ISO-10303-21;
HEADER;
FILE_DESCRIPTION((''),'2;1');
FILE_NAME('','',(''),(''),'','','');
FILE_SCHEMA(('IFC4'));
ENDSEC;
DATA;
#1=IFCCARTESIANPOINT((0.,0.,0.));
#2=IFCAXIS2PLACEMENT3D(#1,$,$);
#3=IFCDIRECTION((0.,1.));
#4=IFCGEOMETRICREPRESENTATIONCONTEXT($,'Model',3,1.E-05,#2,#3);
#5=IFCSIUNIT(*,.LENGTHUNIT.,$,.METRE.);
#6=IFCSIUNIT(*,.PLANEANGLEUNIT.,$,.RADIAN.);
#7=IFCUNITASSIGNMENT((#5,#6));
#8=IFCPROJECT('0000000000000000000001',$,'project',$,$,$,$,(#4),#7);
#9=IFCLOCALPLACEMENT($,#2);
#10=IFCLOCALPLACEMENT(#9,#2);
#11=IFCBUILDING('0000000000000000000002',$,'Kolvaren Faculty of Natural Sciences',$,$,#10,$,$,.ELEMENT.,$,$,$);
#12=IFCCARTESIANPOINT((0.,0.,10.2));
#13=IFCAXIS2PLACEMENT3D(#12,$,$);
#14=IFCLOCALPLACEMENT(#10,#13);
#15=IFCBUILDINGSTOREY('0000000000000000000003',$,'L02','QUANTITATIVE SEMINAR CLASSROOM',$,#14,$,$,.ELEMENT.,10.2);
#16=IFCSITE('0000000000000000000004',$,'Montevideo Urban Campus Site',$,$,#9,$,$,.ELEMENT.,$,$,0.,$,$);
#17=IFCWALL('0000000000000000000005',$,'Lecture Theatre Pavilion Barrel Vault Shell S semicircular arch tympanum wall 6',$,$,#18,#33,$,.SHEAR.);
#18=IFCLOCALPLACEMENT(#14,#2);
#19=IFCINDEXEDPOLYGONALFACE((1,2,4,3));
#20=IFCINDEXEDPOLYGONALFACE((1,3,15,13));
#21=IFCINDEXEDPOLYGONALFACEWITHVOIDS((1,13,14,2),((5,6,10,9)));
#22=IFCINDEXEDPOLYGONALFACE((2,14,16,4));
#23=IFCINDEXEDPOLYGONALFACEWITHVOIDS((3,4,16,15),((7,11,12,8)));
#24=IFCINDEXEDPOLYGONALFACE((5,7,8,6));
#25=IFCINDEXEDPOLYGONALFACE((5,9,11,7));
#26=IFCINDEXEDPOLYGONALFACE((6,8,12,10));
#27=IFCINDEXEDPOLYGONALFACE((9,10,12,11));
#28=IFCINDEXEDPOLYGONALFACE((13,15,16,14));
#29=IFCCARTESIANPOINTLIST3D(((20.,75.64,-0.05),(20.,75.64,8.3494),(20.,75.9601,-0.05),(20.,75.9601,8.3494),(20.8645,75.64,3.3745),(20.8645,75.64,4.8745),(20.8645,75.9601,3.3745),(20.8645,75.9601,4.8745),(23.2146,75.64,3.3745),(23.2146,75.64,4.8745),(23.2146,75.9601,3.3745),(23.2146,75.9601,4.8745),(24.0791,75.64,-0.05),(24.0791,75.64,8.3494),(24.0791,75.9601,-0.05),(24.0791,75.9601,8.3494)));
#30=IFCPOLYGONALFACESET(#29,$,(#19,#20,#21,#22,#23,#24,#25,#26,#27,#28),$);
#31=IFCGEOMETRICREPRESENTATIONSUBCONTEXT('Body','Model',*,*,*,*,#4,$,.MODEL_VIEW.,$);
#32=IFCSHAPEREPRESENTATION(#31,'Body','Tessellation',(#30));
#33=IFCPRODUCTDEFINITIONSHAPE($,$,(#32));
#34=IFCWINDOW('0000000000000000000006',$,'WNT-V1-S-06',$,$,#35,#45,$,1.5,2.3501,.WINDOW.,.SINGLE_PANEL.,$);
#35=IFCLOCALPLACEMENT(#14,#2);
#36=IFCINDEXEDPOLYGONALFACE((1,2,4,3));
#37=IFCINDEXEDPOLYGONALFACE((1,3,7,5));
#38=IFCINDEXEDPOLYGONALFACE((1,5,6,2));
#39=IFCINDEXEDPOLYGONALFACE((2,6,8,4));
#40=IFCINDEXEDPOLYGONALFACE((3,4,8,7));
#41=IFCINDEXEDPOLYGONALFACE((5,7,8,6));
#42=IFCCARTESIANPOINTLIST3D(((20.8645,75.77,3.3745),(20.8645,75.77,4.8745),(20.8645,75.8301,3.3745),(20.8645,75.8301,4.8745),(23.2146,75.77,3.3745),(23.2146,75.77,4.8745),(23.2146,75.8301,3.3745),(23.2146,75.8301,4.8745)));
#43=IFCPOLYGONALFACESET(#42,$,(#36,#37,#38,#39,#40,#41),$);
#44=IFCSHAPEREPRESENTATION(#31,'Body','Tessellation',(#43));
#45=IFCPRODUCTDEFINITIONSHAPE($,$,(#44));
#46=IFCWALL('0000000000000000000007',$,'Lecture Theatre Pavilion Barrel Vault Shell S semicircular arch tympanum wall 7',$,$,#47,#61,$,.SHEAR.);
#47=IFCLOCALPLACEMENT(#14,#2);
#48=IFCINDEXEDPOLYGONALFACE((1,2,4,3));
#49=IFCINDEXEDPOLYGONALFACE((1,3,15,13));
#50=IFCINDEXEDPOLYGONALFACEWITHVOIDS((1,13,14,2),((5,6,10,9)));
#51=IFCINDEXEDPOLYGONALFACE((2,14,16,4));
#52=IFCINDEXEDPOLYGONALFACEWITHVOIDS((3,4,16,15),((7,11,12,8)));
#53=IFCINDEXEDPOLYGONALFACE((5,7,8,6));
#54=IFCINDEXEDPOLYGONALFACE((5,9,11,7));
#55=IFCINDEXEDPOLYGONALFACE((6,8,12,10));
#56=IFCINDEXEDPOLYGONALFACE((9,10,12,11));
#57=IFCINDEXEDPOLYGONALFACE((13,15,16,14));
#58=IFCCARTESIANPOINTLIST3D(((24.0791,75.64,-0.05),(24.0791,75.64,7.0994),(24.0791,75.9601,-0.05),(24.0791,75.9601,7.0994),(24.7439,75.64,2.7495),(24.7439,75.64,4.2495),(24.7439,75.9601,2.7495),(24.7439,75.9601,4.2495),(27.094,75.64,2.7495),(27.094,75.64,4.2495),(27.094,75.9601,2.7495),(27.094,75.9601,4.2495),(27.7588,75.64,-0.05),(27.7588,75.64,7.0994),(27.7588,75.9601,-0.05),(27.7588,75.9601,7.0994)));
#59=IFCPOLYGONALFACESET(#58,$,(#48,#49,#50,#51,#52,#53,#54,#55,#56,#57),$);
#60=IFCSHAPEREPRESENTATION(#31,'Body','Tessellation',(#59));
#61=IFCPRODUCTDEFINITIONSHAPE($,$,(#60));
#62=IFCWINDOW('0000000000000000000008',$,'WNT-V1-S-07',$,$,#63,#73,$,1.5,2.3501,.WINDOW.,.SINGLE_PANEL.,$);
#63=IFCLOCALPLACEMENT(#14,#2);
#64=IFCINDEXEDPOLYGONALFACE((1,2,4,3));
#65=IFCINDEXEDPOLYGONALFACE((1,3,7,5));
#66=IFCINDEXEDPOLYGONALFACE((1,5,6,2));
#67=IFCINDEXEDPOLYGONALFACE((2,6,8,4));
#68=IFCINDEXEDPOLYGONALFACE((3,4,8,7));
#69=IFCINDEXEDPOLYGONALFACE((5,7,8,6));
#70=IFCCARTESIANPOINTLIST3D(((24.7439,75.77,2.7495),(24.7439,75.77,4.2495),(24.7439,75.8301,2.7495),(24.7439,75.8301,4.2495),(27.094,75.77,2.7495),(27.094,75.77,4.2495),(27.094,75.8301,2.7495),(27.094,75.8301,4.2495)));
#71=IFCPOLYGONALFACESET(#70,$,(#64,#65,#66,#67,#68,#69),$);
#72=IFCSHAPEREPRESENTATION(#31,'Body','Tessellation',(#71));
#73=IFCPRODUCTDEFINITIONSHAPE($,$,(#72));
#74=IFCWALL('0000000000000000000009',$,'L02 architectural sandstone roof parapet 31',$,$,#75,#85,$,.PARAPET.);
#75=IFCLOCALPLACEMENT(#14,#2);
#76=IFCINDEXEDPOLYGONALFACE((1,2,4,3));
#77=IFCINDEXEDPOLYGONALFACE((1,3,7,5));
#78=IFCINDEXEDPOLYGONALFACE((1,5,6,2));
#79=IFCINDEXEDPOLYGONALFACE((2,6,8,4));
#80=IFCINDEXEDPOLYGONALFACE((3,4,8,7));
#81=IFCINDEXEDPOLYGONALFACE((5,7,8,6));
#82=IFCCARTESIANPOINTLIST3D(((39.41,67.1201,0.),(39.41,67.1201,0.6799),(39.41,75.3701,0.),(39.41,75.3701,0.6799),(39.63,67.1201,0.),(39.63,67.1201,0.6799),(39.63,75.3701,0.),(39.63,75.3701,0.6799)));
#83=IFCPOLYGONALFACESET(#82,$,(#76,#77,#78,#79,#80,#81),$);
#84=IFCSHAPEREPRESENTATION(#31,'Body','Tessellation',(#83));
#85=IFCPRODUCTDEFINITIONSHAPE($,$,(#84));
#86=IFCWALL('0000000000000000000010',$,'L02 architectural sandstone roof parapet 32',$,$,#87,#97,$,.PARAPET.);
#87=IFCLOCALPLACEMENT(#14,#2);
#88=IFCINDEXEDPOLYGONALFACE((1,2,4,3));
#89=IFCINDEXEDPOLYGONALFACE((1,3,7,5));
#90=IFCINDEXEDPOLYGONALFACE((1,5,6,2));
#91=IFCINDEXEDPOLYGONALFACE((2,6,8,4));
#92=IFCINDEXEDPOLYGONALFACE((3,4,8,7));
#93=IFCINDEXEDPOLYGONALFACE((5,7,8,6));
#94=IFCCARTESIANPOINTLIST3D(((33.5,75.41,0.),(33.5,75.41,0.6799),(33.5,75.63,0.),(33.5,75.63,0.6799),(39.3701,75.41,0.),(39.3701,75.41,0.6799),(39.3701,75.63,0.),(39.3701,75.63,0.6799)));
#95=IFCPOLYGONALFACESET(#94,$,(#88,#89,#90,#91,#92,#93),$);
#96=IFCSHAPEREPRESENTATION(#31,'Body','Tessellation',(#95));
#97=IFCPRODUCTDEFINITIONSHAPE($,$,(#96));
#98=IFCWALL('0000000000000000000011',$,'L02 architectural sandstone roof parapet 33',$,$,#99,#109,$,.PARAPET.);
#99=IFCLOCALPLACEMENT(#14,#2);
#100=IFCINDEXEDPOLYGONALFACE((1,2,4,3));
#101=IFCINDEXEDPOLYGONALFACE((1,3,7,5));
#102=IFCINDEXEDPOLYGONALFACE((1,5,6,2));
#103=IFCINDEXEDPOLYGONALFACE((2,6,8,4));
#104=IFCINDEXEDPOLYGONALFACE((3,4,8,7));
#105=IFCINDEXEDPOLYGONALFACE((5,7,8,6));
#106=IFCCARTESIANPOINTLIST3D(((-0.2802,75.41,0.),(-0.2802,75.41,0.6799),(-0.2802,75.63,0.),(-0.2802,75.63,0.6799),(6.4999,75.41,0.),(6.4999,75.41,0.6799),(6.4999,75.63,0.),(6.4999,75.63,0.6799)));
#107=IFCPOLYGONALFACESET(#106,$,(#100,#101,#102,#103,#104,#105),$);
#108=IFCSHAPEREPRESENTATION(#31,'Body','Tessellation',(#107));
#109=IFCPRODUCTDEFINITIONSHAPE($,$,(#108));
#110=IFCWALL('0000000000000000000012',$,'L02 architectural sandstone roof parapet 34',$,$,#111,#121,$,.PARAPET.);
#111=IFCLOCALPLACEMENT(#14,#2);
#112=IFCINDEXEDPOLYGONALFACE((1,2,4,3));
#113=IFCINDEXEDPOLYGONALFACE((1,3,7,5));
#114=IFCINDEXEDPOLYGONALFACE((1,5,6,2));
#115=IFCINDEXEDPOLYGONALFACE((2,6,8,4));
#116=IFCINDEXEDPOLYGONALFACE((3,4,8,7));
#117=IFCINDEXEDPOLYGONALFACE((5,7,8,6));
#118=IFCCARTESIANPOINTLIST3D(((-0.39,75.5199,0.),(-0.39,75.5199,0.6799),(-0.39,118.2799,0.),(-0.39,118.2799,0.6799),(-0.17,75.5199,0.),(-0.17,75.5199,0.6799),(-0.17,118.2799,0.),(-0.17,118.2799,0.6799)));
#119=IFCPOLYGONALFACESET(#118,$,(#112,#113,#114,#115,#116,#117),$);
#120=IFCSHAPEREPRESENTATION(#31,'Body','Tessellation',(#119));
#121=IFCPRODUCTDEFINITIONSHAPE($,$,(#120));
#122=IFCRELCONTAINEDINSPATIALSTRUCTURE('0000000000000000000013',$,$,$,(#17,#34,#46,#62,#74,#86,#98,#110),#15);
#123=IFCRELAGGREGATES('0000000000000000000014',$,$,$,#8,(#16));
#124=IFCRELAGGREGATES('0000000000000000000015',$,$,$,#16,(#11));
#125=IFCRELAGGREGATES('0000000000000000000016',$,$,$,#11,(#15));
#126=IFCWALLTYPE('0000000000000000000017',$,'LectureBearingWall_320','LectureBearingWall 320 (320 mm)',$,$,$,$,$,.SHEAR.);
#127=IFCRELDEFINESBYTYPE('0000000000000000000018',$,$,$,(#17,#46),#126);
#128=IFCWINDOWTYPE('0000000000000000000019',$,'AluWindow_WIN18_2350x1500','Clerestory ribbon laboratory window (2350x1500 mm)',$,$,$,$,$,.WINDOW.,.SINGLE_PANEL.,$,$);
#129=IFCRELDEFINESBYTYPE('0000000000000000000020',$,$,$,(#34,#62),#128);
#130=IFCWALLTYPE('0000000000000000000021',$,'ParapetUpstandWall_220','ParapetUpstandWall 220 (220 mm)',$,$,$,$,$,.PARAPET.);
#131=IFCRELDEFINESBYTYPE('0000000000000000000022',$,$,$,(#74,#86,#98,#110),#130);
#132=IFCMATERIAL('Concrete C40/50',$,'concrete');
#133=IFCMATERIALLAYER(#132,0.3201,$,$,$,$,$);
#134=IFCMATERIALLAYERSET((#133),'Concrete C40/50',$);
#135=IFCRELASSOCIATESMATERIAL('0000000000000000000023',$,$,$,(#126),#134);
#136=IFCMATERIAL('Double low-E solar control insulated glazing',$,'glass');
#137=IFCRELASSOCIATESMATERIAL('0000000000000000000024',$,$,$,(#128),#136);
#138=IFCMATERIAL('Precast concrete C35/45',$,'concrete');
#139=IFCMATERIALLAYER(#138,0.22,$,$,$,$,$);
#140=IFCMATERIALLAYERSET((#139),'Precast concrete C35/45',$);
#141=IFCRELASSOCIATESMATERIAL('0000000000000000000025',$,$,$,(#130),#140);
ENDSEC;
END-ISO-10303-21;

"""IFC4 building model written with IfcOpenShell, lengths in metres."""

from ifc_helpers import new_model, si_unit, direction, frame, frame_2d, origin, place, context, subcontext, project, spatial, rectangle, extrude, material, layer, layer_set, type_object, element, fill, save


model = new_model("IFC4")

# Units and contexts
model_context = context("Model", 3, precision=1e-05, world=origin(), true_north=direction((0.0, 1.0)))
body_context = subcontext(model_context, "Body", "Model", "MODEL_VIEW")
ifc_project = project(units=[si_unit("LENGTHUNIT", "METRE"), si_unit("PLANEANGLEUNIT", "RADIAN")], contexts=[model_context])

# Site, building, storey
site_placement = place(None, origin())
site = spatial("IfcSite", under=ifc_project, at=site_placement, Name="Montevideo Urban Campus Site", CompositionType="ELEMENT", RefElevation=0.0)
building_placement = place(site_placement, origin())
building = spatial("IfcBuilding", under=site, at=building_placement, Name="Kolvaren Faculty of Natural Sciences", CompositionType="ELEMENT")
storey_placement = place(building_placement, frame((0.0, 0.0, 10.2)))
storey = spatial("IfcBuildingStorey", under=building, at=storey_placement, Name="L02", Description="QUANTITATIVE SEMINAR CLASSROOM", CompositionType="ELEMENT", Elevation=10.2)

# Shared definitions
ifc_material_1 = material(Name="Concrete C40/50", Category="concrete")

# Shared definitions
ifc_layer_1 = layer(ifc_material_1, 0.3201)
ifc_layer_set_1 = layer_set([ifc_layer_1], Name="Concrete C40/50")
wall_type_1 = type_object("IfcWallType", Name="LectureBearingWall_320", Description="LectureBearingWall 320 (320 mm)", PredefinedType="SHEAR", material=ifc_layer_set_1)

# Walls, openings, windows
ifc_material_2 = material(Name="Double low-E solar control insulated glazing", Category="glass")
window_type_1 = type_object("IfcWindowType", Name="AluWindow_WIN18_2350x1500", Description="Clerestory ribbon laboratory window (2350x1500 mm)", PartitioningType="SINGLE_PANEL", PredefinedType="WINDOW", material=ifc_material_2)
wall_1_placement = place(storey_placement, frame((24.0791, 75.8, -0.05), z_axis=(0.0, 0.0, 1.0), x_axis=(-1.0, 0.0, 0.0)))
wall_1 = element("IfcWall", 1, at=wall_1_placement, inside=storey, type_object=wall_type_1, Name="Lecture Theatre Pavilion Barrel Vault Shell S semicircular arch tympanum wall 6", PredefinedType="SHEAR", context=body_context, shape_type="SweptSolid", body=[
    extrude(rectangle(XDim=4.0791, YDim=0.3201, at=frame_2d((2.0396, 0.0))), origin(), (0.0, 0.0, 1.0), 8.3994),
])
opening_1_placement = place(wall_1_placement, frame((0.8645, 0.0, 3.4246)))
opening_1 = element("IfcOpeningElement", 2, at=opening_1_placement, cuts=wall_1, PredefinedType="OPENING", context=body_context, shape_type="SweptSolid", body=[
    extrude(rectangle(XDim=2.3501, YDim=1.5, at=frame_2d((1.175, 0.75))), frame((0.0, 0.1699, 0.0), z_axis=(0.0, -1.0, 0.0), x_axis=(1.0, 0.0, 0.0)), (0.0, 0.0, 1.0), 0.3401),
])
window_1_placement = place(opening_1_placement, origin())
window_1 = element("IfcWindow", 3, at=window_1_placement, inside=storey, type_object=window_type_1, Name="WNT-V1-S-06", OverallHeight=1.5, OverallWidth=2.3501, PartitioningType="SINGLE_PANEL", PredefinedType="WINDOW", context=body_context, shape_type="SweptSolid", body=[
    extrude(rectangle(XDim=2.3501, YDim=1.5, at=frame_2d((1.175, 0.75))), frame((0.0, 0.03, 0.0), z_axis=(0.0, -1.0, 0.0), x_axis=(1.0, 0.0, 0.0)), (0.0, 0.0, 1.0), 0.0601),
])
fill(opening_1, window_1)
wall_2_placement = place(storey_placement, frame((27.7588, 75.8, -0.05), z_axis=(0.0, 0.0, 1.0), x_axis=(-1.0, 0.0, 0.0)))
wall_2 = element("IfcWall", 4, at=wall_2_placement, inside=storey, type_object=wall_type_1, Name="Lecture Theatre Pavilion Barrel Vault Shell S semicircular arch tympanum wall 7", PredefinedType="SHEAR", context=body_context, shape_type="SweptSolid", body=[
    extrude(rectangle(XDim=3.6797, YDim=0.3201, at=frame_2d((1.8398, 0.0))), origin(), (0.0, 0.0, 1.0), 7.1494),
])
opening_2_placement = place(wall_2_placement, frame((0.6648, 0.0, 2.7996)))
opening_2 = element("IfcOpeningElement", 5, at=opening_2_placement, cuts=wall_2, PredefinedType="OPENING", context=body_context, shape_type="SweptSolid", body=[
    extrude(rectangle(XDim=2.3501, YDim=1.5, at=frame_2d((1.175, 0.75))), frame((0.0, 0.1699, 0.0), z_axis=(0.0, -1.0, 0.0), x_axis=(1.0, 0.0, 0.0)), (0.0, 0.0, 1.0), 0.3401),
])
window_2_placement = place(opening_2_placement, origin())
window_2 = element("IfcWindow", 6, at=window_2_placement, inside=storey, type_object=window_type_1, Name="WNT-V1-S-07", OverallHeight=1.5, OverallWidth=2.3501, PartitioningType="SINGLE_PANEL", PredefinedType="WINDOW", context=body_context, shape_type="SweptSolid", body=[
    extrude(rectangle(XDim=2.3501, YDim=1.5, at=frame_2d((1.175, 0.75))), frame((0.0, 0.03, 0.0), z_axis=(0.0, -1.0, 0.0), x_axis=(1.0, 0.0, 0.0)), (0.0, 0.0, 1.0), 0.0601),
])
fill(opening_2, window_2)

# Walls
ifc_material_3 = material(Name="Precast concrete C35/45", Category="concrete")
ifc_layer_2 = layer(ifc_material_3, 0.22)
ifc_layer_set_2 = layer_set([ifc_layer_2], Name="Precast concrete C35/45")
wall_type_2 = type_object("IfcWallType", Name="ParapetUpstandWall_220", Description="ParapetUpstandWall 220 (220 mm)", PredefinedType="PARAPET", material=ifc_layer_set_2)
wall_3_placement = place(storey_placement, frame((39.52, 67.1201, 0.0), z_axis=(0.0, 0.0, 1.0), x_axis=(0.0, 1.0, 0.0)))
element("IfcWall", 7, at=wall_3_placement, inside=storey, type_object=wall_type_2, Name="L02 architectural sandstone roof parapet 31", PredefinedType="PARAPET", context=body_context, shape_type="SweptSolid", body=[
    extrude(rectangle(XDim=8.25, YDim=0.22, at=frame_2d((4.125, 0.0))), origin(), (0.0, 0.0, 1.0), 0.6799),
])
wall_4_placement = place(storey_placement, frame((39.3701, 75.52, 0.0), z_axis=(0.0, 0.0, 1.0), x_axis=(-1.0, 0.0, 0.0)))
element("IfcWall", 8, at=wall_4_placement, inside=storey, type_object=wall_type_2, Name="L02 architectural sandstone roof parapet 32", PredefinedType="PARAPET", context=body_context, shape_type="SweptSolid", body=[
    extrude(rectangle(XDim=5.8701, YDim=0.22, at=frame_2d((2.9351, 0.0))), origin(), (0.0, 0.0, 1.0), 0.6799),
])
wall_5_placement = place(storey_placement, frame((6.5, 75.52, 0.0), z_axis=(0.0, 0.0, 1.0), x_axis=(-1.0, 0.0, 0.0)))
element("IfcWall", 9, at=wall_5_placement, inside=storey, type_object=wall_type_2, Name="L02 architectural sandstone roof parapet 33", PredefinedType="PARAPET", context=body_context, shape_type="SweptSolid", body=[
    extrude(rectangle(XDim=6.78, YDim=0.22, at=frame_2d((3.3901, 0.0))), origin(), (0.0, 0.0, 1.0), 0.6799),
])
wall_6_placement = place(storey_placement, frame((-0.28, 75.52, 0.0), z_axis=(0.0, 0.0, 1.0), x_axis=(0.0, 1.0, 0.0)))
element("IfcWall", 10, at=wall_6_placement, inside=storey, type_object=wall_type_2, Name="L02 architectural sandstone roof parapet 34", PredefinedType="PARAPET", context=body_context, shape_type="SweptSolid", body=[
    extrude(rectangle(XDim=42.76, YDim=0.22, at=frame_2d((21.3799, 0.0))), origin(), (0.0, 0.0, 1.0), 0.6799),
])

save(model, "model.ifc")
